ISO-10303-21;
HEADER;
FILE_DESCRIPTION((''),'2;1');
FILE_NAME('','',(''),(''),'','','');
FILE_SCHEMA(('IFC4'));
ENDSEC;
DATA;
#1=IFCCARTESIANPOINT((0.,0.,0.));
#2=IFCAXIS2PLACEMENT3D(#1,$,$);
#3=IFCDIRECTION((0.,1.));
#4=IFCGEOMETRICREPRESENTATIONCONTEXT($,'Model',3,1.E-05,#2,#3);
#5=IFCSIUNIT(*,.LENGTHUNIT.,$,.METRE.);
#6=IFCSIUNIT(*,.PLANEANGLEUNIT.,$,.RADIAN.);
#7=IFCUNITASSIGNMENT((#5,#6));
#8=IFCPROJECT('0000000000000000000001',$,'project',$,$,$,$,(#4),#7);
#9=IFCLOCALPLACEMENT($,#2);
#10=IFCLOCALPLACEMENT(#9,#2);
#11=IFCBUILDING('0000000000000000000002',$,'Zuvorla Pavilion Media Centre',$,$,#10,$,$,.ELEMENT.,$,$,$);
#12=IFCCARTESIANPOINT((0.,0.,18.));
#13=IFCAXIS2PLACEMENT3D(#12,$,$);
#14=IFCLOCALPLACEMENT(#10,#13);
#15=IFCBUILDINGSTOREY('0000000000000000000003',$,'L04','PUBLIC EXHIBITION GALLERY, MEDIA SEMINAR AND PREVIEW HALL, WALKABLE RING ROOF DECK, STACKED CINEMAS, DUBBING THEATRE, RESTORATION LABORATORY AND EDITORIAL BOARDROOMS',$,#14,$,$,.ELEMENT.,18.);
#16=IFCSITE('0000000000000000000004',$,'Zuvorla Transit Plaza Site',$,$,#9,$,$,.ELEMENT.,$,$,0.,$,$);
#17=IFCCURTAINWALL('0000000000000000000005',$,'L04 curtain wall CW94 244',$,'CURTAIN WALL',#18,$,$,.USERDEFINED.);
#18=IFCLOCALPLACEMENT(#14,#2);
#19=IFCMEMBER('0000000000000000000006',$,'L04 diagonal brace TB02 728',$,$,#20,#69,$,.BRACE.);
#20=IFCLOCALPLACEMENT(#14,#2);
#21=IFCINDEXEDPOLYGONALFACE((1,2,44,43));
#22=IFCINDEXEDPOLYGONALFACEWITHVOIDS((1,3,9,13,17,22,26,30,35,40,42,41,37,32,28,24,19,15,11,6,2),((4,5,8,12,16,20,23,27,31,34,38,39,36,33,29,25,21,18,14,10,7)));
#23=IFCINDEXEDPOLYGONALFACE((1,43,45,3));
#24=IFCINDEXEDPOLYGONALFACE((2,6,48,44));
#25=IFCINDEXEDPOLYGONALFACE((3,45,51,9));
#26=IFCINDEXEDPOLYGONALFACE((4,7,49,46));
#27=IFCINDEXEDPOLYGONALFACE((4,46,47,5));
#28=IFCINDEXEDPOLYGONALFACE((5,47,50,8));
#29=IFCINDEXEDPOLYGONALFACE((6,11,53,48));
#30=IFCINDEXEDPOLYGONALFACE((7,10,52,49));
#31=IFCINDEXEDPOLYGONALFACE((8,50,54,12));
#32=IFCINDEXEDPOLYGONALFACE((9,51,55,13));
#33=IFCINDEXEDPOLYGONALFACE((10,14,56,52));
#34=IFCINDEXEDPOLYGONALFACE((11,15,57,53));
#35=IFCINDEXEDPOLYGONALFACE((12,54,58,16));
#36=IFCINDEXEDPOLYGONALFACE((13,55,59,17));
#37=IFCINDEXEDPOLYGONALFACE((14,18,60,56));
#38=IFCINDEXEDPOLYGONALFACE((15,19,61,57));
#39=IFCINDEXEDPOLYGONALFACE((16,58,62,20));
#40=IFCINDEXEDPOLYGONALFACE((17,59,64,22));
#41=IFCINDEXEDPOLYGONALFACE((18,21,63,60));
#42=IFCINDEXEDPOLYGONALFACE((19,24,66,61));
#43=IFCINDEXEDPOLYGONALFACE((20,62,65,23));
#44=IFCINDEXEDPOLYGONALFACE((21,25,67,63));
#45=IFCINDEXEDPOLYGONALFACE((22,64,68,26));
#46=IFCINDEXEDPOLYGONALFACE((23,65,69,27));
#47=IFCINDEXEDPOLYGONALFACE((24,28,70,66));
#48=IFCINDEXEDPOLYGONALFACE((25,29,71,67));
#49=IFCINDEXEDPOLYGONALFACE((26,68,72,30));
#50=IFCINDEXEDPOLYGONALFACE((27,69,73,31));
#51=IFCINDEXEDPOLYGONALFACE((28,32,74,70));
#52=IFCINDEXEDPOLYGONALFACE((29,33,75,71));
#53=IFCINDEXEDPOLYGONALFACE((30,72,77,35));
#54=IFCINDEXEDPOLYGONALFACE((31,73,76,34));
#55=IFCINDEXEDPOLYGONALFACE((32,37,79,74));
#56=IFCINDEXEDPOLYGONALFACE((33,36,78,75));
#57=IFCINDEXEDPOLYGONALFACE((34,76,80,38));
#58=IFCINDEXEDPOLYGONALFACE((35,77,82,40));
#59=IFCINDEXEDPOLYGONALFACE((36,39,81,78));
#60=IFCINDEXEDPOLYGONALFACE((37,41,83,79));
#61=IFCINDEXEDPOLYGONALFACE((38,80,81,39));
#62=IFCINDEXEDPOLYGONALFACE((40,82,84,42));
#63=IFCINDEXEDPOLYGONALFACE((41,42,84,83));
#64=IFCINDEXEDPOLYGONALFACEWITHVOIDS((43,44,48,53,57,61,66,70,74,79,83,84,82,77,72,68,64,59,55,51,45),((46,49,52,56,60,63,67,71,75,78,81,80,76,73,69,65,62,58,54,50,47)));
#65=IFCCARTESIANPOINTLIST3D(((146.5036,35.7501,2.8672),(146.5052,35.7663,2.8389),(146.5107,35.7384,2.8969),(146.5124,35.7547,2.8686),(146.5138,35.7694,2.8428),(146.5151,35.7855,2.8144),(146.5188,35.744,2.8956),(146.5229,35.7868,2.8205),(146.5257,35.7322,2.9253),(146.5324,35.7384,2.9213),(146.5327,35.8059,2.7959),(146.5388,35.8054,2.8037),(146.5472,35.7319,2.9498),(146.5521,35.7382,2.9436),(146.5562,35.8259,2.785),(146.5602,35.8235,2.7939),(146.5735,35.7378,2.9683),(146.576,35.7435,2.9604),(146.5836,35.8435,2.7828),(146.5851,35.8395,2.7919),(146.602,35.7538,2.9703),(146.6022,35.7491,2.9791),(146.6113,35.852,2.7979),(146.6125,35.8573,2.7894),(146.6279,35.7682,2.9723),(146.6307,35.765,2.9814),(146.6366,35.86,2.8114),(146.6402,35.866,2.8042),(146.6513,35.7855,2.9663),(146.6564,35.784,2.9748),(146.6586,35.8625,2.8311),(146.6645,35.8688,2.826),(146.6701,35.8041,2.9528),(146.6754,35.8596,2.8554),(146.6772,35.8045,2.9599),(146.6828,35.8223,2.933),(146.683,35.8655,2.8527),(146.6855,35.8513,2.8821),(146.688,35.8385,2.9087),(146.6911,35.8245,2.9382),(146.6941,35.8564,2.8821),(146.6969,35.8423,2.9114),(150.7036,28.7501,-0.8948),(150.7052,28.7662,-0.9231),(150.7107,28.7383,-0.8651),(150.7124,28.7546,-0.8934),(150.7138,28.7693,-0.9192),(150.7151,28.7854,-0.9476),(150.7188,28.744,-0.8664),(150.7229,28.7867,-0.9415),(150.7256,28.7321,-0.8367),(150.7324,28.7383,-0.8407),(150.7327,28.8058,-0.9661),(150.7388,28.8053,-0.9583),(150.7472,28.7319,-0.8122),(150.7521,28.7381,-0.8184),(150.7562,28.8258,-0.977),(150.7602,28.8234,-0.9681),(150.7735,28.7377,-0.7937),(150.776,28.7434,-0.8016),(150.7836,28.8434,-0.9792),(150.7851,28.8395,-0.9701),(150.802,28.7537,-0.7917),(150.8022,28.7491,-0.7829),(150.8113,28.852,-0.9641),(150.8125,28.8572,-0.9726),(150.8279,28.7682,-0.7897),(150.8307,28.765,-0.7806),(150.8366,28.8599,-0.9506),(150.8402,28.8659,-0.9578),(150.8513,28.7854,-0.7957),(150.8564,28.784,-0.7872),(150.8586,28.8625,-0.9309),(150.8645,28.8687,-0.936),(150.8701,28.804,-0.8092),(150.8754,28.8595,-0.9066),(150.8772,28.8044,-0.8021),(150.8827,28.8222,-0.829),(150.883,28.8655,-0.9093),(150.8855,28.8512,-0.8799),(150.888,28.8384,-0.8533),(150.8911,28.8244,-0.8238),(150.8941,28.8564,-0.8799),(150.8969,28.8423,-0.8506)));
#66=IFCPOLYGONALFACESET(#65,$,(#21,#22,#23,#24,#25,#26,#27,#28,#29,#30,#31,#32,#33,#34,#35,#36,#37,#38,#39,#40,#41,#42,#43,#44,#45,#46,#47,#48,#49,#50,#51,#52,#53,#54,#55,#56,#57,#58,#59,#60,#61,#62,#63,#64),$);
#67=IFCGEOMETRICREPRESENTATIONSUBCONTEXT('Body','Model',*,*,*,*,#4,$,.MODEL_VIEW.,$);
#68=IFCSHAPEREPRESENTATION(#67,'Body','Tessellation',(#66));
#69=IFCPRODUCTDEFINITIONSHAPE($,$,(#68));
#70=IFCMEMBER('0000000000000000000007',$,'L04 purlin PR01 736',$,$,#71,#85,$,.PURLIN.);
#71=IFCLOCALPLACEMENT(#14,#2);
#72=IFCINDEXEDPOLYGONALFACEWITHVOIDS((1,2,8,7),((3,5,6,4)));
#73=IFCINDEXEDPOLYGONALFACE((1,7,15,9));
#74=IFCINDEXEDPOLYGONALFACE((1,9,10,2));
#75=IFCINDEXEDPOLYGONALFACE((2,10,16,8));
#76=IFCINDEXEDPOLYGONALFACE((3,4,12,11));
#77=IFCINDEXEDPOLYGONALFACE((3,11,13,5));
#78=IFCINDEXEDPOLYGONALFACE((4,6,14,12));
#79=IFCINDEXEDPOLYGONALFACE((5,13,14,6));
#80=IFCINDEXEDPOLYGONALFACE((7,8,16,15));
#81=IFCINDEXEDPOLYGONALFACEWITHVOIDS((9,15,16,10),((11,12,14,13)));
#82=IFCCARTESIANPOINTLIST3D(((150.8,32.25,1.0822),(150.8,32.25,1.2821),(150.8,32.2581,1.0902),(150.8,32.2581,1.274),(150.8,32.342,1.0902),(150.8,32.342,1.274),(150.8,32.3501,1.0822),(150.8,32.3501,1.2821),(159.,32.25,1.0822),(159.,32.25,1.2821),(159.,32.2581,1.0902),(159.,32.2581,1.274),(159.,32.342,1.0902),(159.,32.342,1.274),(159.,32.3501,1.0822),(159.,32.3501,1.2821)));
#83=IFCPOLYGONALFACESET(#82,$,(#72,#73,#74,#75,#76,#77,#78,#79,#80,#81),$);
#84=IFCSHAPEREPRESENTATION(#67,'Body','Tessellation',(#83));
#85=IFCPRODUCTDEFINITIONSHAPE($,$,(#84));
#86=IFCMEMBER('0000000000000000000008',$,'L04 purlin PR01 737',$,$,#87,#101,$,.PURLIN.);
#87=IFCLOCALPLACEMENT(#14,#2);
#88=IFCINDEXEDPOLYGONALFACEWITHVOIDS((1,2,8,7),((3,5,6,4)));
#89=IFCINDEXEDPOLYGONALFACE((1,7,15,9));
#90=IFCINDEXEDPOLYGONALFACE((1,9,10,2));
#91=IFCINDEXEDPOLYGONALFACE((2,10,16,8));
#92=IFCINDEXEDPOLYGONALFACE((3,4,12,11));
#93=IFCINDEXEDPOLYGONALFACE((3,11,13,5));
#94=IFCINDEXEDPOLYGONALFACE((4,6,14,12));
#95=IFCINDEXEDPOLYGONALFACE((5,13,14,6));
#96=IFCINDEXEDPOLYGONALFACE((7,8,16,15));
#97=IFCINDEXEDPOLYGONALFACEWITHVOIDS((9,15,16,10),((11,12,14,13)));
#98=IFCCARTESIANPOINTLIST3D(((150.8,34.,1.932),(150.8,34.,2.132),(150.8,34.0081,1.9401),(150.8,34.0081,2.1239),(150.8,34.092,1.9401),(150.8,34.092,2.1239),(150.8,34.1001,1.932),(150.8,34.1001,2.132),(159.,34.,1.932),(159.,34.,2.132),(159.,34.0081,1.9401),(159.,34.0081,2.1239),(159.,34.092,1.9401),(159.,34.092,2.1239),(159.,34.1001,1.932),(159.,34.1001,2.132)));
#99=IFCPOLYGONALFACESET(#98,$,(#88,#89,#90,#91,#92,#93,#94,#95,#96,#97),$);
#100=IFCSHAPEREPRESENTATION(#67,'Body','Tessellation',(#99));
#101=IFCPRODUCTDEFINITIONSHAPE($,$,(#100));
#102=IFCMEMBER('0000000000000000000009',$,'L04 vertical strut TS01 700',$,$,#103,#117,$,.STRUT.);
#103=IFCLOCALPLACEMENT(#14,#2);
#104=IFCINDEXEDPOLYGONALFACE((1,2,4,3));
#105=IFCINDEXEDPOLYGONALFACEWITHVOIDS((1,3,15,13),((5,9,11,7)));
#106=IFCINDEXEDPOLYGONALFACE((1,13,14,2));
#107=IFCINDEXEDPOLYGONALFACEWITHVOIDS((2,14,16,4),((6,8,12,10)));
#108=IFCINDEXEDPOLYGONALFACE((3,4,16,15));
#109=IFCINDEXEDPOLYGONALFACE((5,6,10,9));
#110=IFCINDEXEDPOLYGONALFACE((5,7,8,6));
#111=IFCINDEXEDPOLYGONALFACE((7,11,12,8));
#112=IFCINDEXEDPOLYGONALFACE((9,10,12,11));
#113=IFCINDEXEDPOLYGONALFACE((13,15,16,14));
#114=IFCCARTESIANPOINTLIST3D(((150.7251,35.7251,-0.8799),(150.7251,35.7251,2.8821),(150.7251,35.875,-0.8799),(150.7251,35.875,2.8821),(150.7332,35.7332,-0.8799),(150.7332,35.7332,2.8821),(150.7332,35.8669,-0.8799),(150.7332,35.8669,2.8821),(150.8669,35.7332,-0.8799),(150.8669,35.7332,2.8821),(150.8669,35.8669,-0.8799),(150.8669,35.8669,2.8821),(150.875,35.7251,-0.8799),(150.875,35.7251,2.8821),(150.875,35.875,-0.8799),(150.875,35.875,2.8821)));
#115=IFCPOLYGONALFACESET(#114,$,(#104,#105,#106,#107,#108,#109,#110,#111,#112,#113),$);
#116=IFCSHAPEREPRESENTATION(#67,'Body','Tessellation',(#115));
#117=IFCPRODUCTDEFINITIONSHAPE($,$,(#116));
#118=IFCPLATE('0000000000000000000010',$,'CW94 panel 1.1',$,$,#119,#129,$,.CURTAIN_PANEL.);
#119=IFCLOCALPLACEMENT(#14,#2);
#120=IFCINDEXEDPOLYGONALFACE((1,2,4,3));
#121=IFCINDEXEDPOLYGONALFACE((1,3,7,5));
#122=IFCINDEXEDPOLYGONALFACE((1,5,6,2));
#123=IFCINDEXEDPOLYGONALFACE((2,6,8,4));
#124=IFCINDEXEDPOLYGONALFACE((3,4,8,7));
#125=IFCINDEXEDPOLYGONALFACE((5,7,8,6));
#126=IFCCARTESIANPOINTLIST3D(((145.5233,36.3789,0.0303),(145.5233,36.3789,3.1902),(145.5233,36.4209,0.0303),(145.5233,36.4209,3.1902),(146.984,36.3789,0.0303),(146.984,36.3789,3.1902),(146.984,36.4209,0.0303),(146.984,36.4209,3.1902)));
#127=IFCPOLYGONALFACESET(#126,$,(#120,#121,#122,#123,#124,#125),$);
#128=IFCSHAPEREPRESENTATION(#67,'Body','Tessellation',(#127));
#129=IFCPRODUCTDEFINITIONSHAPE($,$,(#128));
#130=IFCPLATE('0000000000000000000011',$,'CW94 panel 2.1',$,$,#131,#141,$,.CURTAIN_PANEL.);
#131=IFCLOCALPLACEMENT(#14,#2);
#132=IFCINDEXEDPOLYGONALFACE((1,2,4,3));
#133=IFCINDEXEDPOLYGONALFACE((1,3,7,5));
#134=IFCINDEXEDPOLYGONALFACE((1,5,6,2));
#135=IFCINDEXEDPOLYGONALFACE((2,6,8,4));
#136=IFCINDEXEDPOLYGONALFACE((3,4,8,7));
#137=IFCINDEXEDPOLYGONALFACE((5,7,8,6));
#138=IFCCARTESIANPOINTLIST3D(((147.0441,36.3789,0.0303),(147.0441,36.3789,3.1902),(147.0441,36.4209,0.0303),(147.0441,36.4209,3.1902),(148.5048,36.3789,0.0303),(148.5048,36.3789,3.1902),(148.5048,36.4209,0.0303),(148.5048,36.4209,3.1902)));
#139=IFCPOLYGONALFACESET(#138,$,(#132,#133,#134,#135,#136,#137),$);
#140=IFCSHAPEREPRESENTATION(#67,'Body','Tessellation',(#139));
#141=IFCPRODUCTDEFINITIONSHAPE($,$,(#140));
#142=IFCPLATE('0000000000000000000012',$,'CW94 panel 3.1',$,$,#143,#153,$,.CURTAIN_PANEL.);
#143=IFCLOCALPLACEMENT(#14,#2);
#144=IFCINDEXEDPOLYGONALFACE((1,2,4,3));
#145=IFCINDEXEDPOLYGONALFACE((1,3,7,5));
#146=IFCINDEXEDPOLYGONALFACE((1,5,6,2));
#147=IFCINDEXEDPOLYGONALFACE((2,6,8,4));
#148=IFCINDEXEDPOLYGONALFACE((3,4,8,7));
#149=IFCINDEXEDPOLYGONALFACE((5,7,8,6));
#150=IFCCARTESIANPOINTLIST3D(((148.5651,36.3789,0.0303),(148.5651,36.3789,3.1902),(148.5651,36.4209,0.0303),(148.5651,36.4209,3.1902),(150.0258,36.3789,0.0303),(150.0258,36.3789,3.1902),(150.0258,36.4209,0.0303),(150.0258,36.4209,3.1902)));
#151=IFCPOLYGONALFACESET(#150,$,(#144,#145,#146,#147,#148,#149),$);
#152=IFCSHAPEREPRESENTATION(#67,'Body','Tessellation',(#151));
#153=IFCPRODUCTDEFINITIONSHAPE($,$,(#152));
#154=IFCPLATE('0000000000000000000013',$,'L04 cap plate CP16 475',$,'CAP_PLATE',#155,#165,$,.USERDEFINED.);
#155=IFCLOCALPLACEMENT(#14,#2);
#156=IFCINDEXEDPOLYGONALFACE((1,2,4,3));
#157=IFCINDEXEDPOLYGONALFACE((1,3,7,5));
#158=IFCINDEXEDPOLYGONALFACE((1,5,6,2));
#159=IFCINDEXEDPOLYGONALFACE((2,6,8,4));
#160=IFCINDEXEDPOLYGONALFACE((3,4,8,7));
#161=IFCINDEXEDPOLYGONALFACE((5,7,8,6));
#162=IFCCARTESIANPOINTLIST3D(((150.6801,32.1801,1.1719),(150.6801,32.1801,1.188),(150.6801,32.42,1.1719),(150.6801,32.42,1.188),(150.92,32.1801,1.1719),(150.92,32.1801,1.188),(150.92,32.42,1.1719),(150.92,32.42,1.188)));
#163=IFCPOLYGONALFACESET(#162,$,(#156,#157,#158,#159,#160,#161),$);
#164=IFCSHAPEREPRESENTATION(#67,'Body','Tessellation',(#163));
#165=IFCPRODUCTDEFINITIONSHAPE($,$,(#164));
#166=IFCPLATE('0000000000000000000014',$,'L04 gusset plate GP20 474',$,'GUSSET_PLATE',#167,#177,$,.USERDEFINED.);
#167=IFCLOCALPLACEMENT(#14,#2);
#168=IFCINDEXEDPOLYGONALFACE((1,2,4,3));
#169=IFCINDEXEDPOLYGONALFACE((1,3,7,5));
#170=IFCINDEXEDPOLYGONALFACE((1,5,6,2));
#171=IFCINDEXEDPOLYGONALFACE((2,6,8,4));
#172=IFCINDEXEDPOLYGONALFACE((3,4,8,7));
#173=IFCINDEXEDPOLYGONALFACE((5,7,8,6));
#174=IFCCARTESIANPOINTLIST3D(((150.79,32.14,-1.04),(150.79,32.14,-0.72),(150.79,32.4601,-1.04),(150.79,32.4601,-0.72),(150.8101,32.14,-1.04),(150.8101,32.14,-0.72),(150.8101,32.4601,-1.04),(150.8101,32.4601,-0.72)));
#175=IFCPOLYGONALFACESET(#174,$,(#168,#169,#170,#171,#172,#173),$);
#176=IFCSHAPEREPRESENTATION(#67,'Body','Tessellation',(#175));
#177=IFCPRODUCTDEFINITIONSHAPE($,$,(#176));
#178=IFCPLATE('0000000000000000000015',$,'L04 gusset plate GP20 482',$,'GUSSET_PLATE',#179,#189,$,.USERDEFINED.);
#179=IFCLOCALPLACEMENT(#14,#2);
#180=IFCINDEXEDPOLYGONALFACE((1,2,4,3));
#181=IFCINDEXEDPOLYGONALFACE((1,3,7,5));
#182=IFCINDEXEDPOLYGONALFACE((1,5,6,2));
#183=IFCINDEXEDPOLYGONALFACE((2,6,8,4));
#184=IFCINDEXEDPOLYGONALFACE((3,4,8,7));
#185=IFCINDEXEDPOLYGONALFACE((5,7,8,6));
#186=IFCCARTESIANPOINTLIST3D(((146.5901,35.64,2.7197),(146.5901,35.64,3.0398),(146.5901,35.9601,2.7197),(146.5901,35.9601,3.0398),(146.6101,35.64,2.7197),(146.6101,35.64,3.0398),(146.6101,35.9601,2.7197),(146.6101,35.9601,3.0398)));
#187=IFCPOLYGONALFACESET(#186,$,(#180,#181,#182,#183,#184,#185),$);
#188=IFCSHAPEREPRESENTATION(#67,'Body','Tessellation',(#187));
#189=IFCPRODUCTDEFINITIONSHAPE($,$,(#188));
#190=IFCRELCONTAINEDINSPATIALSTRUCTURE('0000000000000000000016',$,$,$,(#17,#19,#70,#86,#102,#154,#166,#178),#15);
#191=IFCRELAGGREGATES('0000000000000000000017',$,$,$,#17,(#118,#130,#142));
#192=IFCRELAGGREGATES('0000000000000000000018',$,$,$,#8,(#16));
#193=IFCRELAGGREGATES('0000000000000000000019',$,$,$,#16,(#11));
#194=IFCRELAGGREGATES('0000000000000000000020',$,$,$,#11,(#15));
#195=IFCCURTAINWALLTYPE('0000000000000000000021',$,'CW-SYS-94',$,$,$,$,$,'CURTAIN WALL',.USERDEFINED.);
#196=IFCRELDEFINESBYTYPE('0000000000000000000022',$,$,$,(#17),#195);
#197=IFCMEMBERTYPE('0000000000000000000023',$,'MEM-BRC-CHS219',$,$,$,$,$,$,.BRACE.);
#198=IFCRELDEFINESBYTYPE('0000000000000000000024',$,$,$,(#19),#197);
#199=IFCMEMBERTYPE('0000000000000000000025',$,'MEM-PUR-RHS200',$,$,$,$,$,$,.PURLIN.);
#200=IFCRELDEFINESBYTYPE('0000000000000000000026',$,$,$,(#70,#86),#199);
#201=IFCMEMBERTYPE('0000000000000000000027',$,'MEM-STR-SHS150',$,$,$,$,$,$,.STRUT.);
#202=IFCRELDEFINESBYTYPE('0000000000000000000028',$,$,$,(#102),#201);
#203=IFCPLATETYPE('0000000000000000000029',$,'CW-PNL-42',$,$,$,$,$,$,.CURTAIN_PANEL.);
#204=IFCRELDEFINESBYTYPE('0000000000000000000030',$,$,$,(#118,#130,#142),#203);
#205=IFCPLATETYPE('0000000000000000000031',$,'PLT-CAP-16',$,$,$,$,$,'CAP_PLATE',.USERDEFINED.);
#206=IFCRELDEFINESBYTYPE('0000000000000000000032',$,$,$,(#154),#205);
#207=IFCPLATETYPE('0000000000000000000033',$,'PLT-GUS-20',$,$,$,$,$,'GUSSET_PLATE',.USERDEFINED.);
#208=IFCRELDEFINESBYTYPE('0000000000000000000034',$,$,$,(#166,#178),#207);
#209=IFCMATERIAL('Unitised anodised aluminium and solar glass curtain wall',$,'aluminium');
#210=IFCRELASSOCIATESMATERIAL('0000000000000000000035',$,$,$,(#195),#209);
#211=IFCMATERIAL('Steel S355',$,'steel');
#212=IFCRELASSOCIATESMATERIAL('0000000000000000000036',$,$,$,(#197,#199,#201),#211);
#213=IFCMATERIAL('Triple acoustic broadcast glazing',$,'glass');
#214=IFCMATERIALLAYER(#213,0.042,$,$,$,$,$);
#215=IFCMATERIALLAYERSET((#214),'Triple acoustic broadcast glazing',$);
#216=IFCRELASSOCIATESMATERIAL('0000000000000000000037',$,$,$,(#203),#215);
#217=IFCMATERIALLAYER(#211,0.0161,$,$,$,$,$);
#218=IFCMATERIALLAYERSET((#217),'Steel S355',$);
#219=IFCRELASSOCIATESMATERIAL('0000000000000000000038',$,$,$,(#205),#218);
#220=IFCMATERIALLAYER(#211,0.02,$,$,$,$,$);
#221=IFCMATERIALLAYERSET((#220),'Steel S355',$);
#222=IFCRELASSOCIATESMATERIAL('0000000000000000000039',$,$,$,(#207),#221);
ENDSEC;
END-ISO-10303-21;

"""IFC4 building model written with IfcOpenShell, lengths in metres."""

from ifc_helpers import new_model, si_unit, direction, frame, origin, origin_2d, place, context, subcontext, project, spatial, rectangle, hollow_rectangle, hollow_circle, extrude, material, layer, layer_set, material_profile, profile_set, type_object, element, aggregate, save


model = new_model("IFC4")

# Units and contexts
model_context = context("Model", 3, precision=1e-05, world=origin(), true_north=direction((0.0, 1.0)))
body_context = subcontext(model_context, "Body", "Model", "MODEL_VIEW")
ifc_project = project(units=[si_unit("LENGTHUNIT", "METRE"), si_unit("PLANEANGLEUNIT", "RADIAN")], contexts=[model_context])

# Site, building, storey
site_placement = place(None, origin())
site = spatial("IfcSite", under=ifc_project, at=site_placement, Name="Zuvorla Transit Plaza Site", CompositionType="ELEMENT", RefElevation=0.0)
building_placement = place(site_placement, origin())
building = spatial("IfcBuilding", under=site, at=building_placement, Name="Zuvorla Pavilion Media Centre", CompositionType="ELEMENT")
storey_placement = place(building_placement, frame((0.0, 0.0, 18.0)))
storey = spatial("IfcBuildingStorey", under=building, at=storey_placement, Name="L04", Description="PUBLIC EXHIBITION GALLERY, MEDIA SEMINAR AND PREVIEW HALL, WALKABLE RING ROOF DECK, STACKED CINEMAS, DUBBING THEATRE, RESTORATION LABORATORY AND EDITORIAL BOARDROOMS", CompositionType="ELEMENT", Elevation=18.0)

# Curtain wall
ifc_material_1 = material(Name="Unitised anodised aluminium and solar glass curtain wall", Category="aluminium")
curtain_wall_type = type_object("IfcCurtainWallType", Name="CW-SYS-94", ElementType="CURTAIN WALL", PredefinedType="USERDEFINED", material=ifc_material_1)
curtain_wall_placement = place(storey_placement, origin())
curtain_wall = element("IfcCurtainWall", 1, at=curtain_wall_placement, inside=storey, type_object=curtain_wall_type, Name="L04 curtain wall CW94 244", ObjectType="CURTAIN WALL", PredefinedType="USERDEFINED")

# Members
ifc_material_2 = material(Name="Steel S355", Category="steel")
ifc_material_profile_1 = material_profile(ifc_material_2, hollow_circle(Radius=0.1096, WallThickness=0.01, at=origin_2d()), Name="CHS 219.1x10")
ifc_profile_set_1 = profile_set([ifc_material_profile_1], Name="Steel S355")
member_type_1 = type_object("IfcMemberType", Name="MEM-BRC-CHS219", PredefinedType="BRACE", material=ifc_profile_set_1)
member_1_placement = place(storey_placement, frame((146.6001, 35.8, 2.8821), z_axis=(0.467262, -0.778779, -0.418534), x_axis=(0.857496, 0.514491, 0.0)))
element("IfcMember", 2, at=member_1_placement, inside=storey, type_object=member_type_1, Name="L04 diagonal brace TB02 728", PredefinedType="BRACE", context=body_context, shape_type="SweptSolid", body=[
    extrude(hollow_circle(Radius=0.1096, WallThickness=0.01, at=origin_2d()), origin(), (0.0, 0.0, 1.0), 8.9885),
])
ifc_material_profile_2 = material_profile(ifc_material_2, hollow_rectangle(XDim=0.1001, YDim=0.2, WallThickness=0.0081, at=origin_2d()), Name="RHS 200x100x8")
ifc_profile_set_2 = profile_set([ifc_material_profile_2], Name="Steel S355")
member_type_2 = type_object("IfcMemberType", Name="MEM-PUR-RHS200", PredefinedType="PURLIN", material=ifc_profile_set_2)
for number, where, z_axis, x_axis, name in (
    (3, (150.8, 32.3, 1.1821), (1.0, 0.0, 0.0), (0.0, 1.0, 0.0), "L04 purlin PR01 736"),
    (4, (150.8, 34.05, 2.032), (1.0, 0.0, 0.0), (0.0, 1.0, 0.0), "L04 purlin PR01 737"),
):
    element("IfcMember", number, at=place(storey_placement, frame(where, z_axis=z_axis, x_axis=x_axis)), inside=storey, type_object=member_type_2, Name=name, PredefinedType="PURLIN", context=body_context, shape_type="SweptSolid", body=[
        extrude(hollow_rectangle(XDim=0.1001, YDim=0.2, WallThickness=0.0081, at=origin_2d()), origin(), (0.0, 0.0, 1.0), 8.2),
    ])
ifc_material_profile_3 = material_profile(ifc_material_2, hollow_rectangle(XDim=0.1499, YDim=0.1499, WallThickness=0.0081, at=origin_2d()), Name="SHS 150x150x8")
ifc_profile_set_3 = profile_set([ifc_material_profile_3], Name="Steel S355")
member_type_3 = type_object("IfcMemberType", Name="MEM-STR-SHS150", PredefinedType="STRUT", material=ifc_profile_set_3)
member_2_placement = place(storey_placement, frame((150.8, 35.8, -0.8799), z_axis=(0.0, 0.0, 1.0), x_axis=(1.0, 0.0, 0.0)))
element("IfcMember", 5, at=member_2_placement, inside=storey, type_object=member_type_3, Name="L04 vertical strut TS01 700", PredefinedType="STRUT", context=body_context, shape_type="SweptSolid", body=[
    extrude(hollow_rectangle(XDim=0.1499, YDim=0.1499, WallThickness=0.0081, at=origin_2d()), origin(), (0.0, 0.0, 1.0), 3.762),
])

# Plates
ifc_material_3 = material(Name="Triple acoustic broadcast glazing", Category="glass")
ifc_layer_1 = layer(ifc_material_3, 0.042)
ifc_layer_set_1 = layer_set([ifc_layer_1], Name="Triple acoustic broadcast glazing")
plate_type_1 = type_object("IfcPlateType", Name="CW-PNL-42", PredefinedType="CURTAIN_PANEL", material=ifc_layer_set_1)
plate_1_placement = place(storey_placement, frame((146.2537, 36.3999, 0.0303), z_axis=(0.0, 0.0, 1.0), x_axis=(1.0, 0.0, 0.0)))
plate_1 = element("IfcPlate", 6, at=plate_1_placement, type_object=plate_type_1, Name="CW94 panel 1.1", PredefinedType="CURTAIN_PANEL", context=body_context, shape_type="SweptSolid", body=[
    extrude(rectangle(XDim=1.4607, YDim=0.042, at=origin_2d()), origin(), (0.0, 0.0, 1.0), 3.1599),
])
plate_2_placement = place(storey_placement, frame((147.7744, 36.3999, 0.0303), z_axis=(0.0, 0.0, 1.0), x_axis=(1.0, 0.0, 0.0)))
plate_2 = element("IfcPlate", 7, at=plate_2_placement, type_object=plate_type_1, Name="CW94 panel 2.1", PredefinedType="CURTAIN_PANEL", context=body_context, shape_type="SweptSolid", body=[
    extrude(rectangle(XDim=1.4607, YDim=0.042, at=origin_2d()), origin(), (0.0, 0.0, 1.0), 3.1599),
])
plate_3_placement = place(storey_placement, frame((149.2954, 36.3999, 0.0303), z_axis=(0.0, 0.0, 1.0), x_axis=(1.0, 0.0, 0.0)))
plate_3 = element("IfcPlate", 8, at=plate_3_placement, type_object=plate_type_1, Name="CW94 panel 3.1", PredefinedType="CURTAIN_PANEL", context=body_context, shape_type="SweptSolid", body=[
    extrude(rectangle(XDim=1.4607, YDim=0.042, at=origin_2d()), origin(), (0.0, 0.0, 1.0), 3.1599),
])
aggregate(curtain_wall, [plate_1, plate_2, plate_3])

# Plates
ifc_layer_2 = layer(ifc_material_2, 0.0161)
ifc_layer_set_2 = layer_set([ifc_layer_2], Name="Steel S355")
plate_type_2 = type_object("IfcPlateType", Name="PLT-CAP-16", ElementType="CAP_PLATE", PredefinedType="USERDEFINED", material=ifc_layer_set_2)
plate_4_placement = place(storey_placement, frame((150.8, 32.3, 1.1719), z_axis=(0.0, 0.0, 1.0), x_axis=(1.0, 0.0, 0.0)))
element("IfcPlate", 9, at=plate_4_placement, inside=storey, type_object=plate_type_2, Name="L04 cap plate CP16 475", ObjectType="CAP_PLATE", PredefinedType="USERDEFINED", context=body_context, shape_type="SweptSolid", body=[
    extrude(rectangle(XDim=0.24, YDim=0.24, at=origin_2d()), origin(), (0.0, 0.0, 1.0), 0.0161),
])
ifc_layer_3 = layer(ifc_material_2, 0.02)
ifc_layer_set_3 = layer_set([ifc_layer_3], Name="Steel S355")
plate_type_3 = type_object("IfcPlateType", Name="PLT-GUS-20", ElementType="GUSSET_PLATE", PredefinedType="USERDEFINED", material=ifc_layer_set_3)
for number, where, z_axis, x_axis, name in (
    (10, (150.8, 32.3, -1.04), (0.0, 0.0, 1.0), (1.0, 0.0, 0.0), "L04 gusset plate GP20 474"),
    (11, (146.6001, 35.8, 2.7197), (0.0, 0.0, 1.0), (1.0, 0.0, 0.0), "L04 gusset plate GP20 482"),
):
    element("IfcPlate", number, at=place(storey_placement, frame(where, z_axis=z_axis, x_axis=x_axis)), inside=storey, type_object=plate_type_3, Name=name, ObjectType="GUSSET_PLATE", PredefinedType="USERDEFINED", context=body_context, shape_type="SweptSolid", body=[
        extrude(rectangle(XDim=0.02, YDim=0.3201, at=origin_2d()), origin(), (0.0, 0.0, 1.0), 0.3201),
    ])

save(model, "model.ifc")
